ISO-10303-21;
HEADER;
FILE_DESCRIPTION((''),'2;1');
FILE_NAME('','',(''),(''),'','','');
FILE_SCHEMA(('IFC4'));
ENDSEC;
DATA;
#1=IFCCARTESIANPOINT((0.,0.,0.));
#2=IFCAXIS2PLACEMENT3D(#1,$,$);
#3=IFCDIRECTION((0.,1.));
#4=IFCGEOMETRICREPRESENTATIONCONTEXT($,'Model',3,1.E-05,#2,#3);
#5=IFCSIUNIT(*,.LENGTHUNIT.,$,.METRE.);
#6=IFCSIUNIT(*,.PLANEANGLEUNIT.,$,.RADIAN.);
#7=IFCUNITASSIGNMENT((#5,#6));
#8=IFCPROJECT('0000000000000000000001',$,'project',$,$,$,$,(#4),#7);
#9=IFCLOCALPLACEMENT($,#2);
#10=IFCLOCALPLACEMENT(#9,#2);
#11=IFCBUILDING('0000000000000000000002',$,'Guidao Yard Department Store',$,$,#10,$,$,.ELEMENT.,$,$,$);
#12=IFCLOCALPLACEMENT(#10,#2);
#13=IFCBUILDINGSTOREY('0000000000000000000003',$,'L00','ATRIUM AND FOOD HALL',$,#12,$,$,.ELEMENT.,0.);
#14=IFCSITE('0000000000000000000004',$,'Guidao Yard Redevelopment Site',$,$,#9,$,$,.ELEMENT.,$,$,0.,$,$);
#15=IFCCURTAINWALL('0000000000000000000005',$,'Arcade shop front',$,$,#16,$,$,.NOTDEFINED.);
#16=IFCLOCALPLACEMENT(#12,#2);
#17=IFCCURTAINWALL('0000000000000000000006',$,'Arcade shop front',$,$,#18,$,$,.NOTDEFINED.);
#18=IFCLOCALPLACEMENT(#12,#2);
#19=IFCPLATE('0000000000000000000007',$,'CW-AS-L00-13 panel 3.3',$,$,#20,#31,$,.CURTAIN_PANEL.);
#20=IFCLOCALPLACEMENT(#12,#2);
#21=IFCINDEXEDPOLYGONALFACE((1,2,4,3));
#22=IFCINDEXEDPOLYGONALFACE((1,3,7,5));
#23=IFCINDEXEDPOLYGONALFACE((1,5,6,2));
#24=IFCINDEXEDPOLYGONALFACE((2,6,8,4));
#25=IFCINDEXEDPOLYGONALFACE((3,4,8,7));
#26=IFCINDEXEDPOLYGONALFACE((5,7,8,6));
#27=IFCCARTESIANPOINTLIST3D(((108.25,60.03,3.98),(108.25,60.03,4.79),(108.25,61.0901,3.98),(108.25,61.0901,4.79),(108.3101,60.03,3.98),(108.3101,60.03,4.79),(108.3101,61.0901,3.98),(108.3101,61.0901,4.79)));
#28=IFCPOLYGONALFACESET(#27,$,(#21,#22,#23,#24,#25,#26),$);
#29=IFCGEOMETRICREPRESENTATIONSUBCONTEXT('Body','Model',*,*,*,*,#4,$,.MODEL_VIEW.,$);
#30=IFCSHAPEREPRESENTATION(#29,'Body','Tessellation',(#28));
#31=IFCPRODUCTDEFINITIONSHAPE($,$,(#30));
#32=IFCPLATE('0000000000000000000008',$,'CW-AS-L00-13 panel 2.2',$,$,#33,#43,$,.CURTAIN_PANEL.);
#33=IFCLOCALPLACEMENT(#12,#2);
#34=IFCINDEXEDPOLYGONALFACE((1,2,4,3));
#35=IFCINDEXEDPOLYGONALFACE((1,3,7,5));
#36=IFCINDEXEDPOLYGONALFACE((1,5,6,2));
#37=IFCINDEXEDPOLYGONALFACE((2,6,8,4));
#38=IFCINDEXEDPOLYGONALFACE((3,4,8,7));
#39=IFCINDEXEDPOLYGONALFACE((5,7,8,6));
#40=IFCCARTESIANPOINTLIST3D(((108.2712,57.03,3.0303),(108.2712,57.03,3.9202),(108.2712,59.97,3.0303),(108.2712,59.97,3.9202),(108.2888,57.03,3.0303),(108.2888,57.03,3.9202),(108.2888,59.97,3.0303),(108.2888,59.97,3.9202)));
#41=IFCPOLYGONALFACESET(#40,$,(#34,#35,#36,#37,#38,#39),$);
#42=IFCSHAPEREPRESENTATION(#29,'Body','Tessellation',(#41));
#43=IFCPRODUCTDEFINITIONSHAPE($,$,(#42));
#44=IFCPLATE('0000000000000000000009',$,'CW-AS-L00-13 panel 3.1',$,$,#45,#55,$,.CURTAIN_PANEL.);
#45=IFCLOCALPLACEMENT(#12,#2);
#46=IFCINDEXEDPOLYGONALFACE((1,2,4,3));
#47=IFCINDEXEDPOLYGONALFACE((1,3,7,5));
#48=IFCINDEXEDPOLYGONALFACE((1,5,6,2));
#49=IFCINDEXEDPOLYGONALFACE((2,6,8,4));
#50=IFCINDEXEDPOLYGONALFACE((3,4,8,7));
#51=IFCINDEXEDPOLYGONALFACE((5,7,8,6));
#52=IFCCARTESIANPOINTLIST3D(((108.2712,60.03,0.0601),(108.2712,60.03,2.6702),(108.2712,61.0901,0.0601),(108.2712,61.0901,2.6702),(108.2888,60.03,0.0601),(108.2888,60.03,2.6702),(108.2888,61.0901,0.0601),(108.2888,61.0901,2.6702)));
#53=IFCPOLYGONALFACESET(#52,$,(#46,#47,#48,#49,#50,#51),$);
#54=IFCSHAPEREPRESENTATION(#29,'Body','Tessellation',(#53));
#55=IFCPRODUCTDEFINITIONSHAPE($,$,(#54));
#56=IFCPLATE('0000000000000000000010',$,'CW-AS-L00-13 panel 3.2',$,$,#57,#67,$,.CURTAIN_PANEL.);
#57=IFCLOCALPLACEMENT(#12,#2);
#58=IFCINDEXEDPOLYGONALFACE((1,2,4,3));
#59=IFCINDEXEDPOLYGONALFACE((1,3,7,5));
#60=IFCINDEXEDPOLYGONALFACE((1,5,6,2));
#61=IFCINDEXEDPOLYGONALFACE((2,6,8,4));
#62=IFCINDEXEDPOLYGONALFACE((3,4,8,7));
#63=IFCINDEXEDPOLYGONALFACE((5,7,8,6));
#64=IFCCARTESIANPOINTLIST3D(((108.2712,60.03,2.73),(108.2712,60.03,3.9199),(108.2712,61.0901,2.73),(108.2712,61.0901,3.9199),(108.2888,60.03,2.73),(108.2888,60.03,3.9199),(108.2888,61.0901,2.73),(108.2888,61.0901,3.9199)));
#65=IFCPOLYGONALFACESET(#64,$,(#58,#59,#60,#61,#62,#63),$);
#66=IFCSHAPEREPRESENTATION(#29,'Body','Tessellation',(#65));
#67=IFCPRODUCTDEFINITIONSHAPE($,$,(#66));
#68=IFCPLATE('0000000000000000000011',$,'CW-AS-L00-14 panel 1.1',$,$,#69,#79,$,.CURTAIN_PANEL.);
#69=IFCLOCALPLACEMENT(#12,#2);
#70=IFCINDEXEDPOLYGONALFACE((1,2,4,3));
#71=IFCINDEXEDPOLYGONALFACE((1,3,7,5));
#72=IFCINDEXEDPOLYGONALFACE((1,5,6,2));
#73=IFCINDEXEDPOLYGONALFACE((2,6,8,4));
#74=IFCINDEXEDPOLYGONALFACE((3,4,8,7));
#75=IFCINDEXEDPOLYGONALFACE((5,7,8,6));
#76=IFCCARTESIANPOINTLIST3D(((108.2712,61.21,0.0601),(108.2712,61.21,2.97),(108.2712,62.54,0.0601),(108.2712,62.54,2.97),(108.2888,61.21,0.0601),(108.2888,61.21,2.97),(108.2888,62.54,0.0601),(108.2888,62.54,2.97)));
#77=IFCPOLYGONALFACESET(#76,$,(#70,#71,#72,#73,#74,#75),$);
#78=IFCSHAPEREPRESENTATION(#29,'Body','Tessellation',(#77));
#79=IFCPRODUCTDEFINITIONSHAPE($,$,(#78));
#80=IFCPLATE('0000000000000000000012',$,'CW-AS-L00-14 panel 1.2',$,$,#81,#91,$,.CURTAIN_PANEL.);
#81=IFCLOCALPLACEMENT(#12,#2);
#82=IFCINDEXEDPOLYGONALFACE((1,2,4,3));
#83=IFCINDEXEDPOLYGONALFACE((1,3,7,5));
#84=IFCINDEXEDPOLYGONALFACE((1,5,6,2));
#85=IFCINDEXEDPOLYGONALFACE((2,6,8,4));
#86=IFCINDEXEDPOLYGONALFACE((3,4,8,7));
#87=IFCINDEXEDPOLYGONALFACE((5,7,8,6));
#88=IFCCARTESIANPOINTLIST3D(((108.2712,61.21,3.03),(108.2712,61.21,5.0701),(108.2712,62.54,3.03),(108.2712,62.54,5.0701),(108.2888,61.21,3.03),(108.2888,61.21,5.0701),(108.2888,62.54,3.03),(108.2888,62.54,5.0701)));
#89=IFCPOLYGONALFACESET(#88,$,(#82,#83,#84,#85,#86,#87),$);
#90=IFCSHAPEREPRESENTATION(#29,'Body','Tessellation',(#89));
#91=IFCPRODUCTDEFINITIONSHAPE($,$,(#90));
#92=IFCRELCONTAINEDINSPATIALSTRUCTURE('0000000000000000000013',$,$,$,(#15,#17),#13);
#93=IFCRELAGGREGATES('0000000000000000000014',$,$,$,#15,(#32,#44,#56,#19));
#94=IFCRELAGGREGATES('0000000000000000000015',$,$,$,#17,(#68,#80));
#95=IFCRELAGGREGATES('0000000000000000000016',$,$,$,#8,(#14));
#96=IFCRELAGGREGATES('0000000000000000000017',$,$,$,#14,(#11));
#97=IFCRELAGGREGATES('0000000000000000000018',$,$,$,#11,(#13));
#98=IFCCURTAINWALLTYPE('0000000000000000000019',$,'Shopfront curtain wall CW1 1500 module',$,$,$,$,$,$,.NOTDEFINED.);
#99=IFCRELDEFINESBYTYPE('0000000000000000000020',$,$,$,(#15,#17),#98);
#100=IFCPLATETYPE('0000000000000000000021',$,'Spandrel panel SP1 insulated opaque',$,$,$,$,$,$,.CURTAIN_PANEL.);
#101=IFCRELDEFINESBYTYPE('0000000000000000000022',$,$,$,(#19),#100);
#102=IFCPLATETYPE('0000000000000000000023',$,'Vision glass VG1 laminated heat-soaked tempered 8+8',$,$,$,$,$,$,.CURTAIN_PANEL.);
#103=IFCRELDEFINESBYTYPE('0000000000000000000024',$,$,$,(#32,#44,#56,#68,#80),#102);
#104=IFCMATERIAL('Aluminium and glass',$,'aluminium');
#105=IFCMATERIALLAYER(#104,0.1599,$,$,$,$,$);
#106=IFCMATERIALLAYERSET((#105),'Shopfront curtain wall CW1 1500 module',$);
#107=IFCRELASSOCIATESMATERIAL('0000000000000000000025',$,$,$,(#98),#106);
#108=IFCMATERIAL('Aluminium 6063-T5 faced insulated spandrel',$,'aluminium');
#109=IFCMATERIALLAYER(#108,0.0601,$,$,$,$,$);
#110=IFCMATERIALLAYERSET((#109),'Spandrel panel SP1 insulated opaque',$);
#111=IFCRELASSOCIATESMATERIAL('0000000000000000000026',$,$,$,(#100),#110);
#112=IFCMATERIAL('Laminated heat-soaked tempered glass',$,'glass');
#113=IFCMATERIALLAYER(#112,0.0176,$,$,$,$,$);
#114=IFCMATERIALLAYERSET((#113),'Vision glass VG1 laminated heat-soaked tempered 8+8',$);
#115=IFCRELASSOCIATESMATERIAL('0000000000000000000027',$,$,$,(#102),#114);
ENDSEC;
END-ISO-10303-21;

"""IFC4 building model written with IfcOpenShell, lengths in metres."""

from ifc_helpers import new_model, si_unit, direction, frame, origin, origin_2d, place, context, subcontext, project, spatial, rectangle, extrude, material, layer, layer_set, type_object, element, aggregate, save


model = new_model("IFC4")

# Units and contexts
model_context = context("Model", 3, precision=1e-05, world=origin(), true_north=direction((0.0, 1.0)))
body_context = subcontext(model_context, "Body", "Model", "MODEL_VIEW")
ifc_project = project(units=[si_unit("LENGTHUNIT", "METRE"), si_unit("PLANEANGLEUNIT", "RADIAN")], contexts=[model_context])

# Site, building, storey
site_placement = place(None, origin())
site = spatial("IfcSite", under=ifc_project, at=site_placement, Name="Guidao Yard Redevelopment Site", CompositionType="ELEMENT", RefElevation=0.0)
building_placement = place(site_placement, origin())
building = spatial("IfcBuilding", under=site, at=building_placement, Name="Guidao Yard Department Store", CompositionType="ELEMENT")
storey_placement = place(building_placement, origin())
storey = spatial("IfcBuildingStorey", under=building, at=storey_placement, Name="L00", Description="ATRIUM AND FOOD HALL", CompositionType="ELEMENT", Elevation=0.0)

# Curtain wall
ifc_material_1 = material(Name="Aluminium and glass", Category="aluminium")
ifc_layer_1 = layer(ifc_material_1, 0.1599)
ifc_layer_set_1 = layer_set([ifc_layer_1], Name="Shopfront curtain wall CW1 1500 module")
curtain_wall_type = type_object("IfcCurtainWallType", Name="Shopfront curtain wall CW1 1500 module", PredefinedType="NOTDEFINED", material=ifc_layer_set_1)
curtain_wall_1_placement = place(storey_placement, origin())
curtain_wall_1 = element("IfcCurtainWall", 1, at=curtain_wall_1_placement, inside=storey, type_object=curtain_wall_type, Name="Arcade shop front", PredefinedType="NOTDEFINED")

# Curtain wall
curtain_wall_2_placement = place(storey_placement, origin())
curtain_wall_2 = element("IfcCurtainWall", 2, at=curtain_wall_2_placement, inside=storey, type_object=curtain_wall_type, Name="Arcade shop front", PredefinedType="NOTDEFINED")

# Plates
ifc_material_2 = material(Name="Aluminium 6063-T5 faced insulated spandrel", Category="aluminium")
ifc_layer_2 = layer(ifc_material_2, 0.0601)
ifc_layer_set_2 = layer_set([ifc_layer_2], Name="Spandrel panel SP1 insulated opaque")
plate_type_1 = type_object("IfcPlateType", Name="Spandrel panel SP1 insulated opaque", PredefinedType="CURTAIN_PANEL", material=ifc_layer_set_2)
plate_1_placement = place(storey_placement, frame((108.28, 60.5601, 3.98), z_axis=(0.0, 0.0, 1.0), x_axis=(0.0, -1.0, 0.0)))
plate_1 = element("IfcPlate", 3, at=plate_1_placement, type_object=plate_type_1, Name="CW-AS-L00-13 panel 3.3", PredefinedType="CURTAIN_PANEL", context=body_context, shape_type="SweptSolid", body=[
    extrude(rectangle(XDim=1.0601, YDim=0.0601, at=origin_2d()), origin(), (0.0, 0.0, 1.0), 0.8101),
])
ifc_material_3 = material(Name="Laminated heat-soaked tempered glass", Category="glass")
ifc_layer_3 = layer(ifc_material_3, 0.0176)
ifc_layer_set_3 = layer_set([ifc_layer_3], Name="Vision glass VG1 laminated heat-soaked tempered 8+8")
plate_type_2 = type_object("IfcPlateType", Name="Vision glass VG1 laminated heat-soaked tempered 8+8", PredefinedType="CURTAIN_PANEL", material=ifc_layer_set_3)
plate_2_placement = place(storey_placement, frame((108.28, 58.5, 3.0303), z_axis=(0.0, 0.0, 1.0), x_axis=(0.0, -1.0, 0.0)))
plate_2 = element("IfcPlate", 4, at=plate_2_placement, type_object=plate_type_2, Name="CW-AS-L00-13 panel 2.2", PredefinedType="CURTAIN_PANEL", context=body_context, shape_type="SweptSolid", body=[
    extrude(rectangle(XDim=2.9399, YDim=0.0176, at=origin_2d()), origin(), (0.0, 0.0, 1.0), 0.8899),
])
plate_3_placement = place(storey_placement, frame((108.28, 60.5601, 0.0601), z_axis=(0.0, 0.0, 1.0), x_axis=(0.0, -1.0, 0.0)))
plate_3 = element("IfcPlate", 5, at=plate_3_placement, type_object=plate_type_2, Name="CW-AS-L00-13 panel 3.1", PredefinedType="CURTAIN_PANEL", context=body_context, shape_type="SweptSolid", body=[
    extrude(rectangle(XDim=1.0601, YDim=0.0176, at=origin_2d()), origin(), (0.0, 0.0, 1.0), 2.6101),
])
plate_4_placement = place(storey_placement, frame((108.28, 60.5601, 2.73), z_axis=(0.0, 0.0, 1.0), x_axis=(0.0, -1.0, 0.0)))
plate_4 = element("IfcPlate", 6, at=plate_4_placement, type_object=plate_type_2, Name="CW-AS-L00-13 panel 3.2", PredefinedType="CURTAIN_PANEL", context=body_context, shape_type="SweptSolid", body=[
    extrude(rectangle(XDim=1.0601, YDim=0.0176, at=origin_2d()), origin(), (0.0, 0.0, 1.0), 1.1899),
])
aggregate(curtain_wall_1, [plate_2, plate_3, plate_4, plate_1])
plate_5_placement = place(storey_placement, frame((108.28, 61.875, 0.0601), z_axis=(0.0, 0.0, 1.0), x_axis=(0.0, -1.0, 0.0)))
plate_5 = element("IfcPlate", 7, at=plate_5_placement, type_object=plate_type_2, Name="CW-AS-L00-14 panel 1.1", PredefinedType="CURTAIN_PANEL", context=body_context, shape_type="SweptSolid", body=[
    extrude(rectangle(XDim=1.3301, YDim=0.0176, at=origin_2d()), origin(), (0.0, 0.0, 1.0), 2.9099),
])
plate_6_placement = place(storey_placement, frame((108.28, 61.875, 3.03), z_axis=(0.0, 0.0, 1.0), x_axis=(0.0, -1.0, 0.0)))
plate_6 = element("IfcPlate", 8, at=plate_6_placement, type_object=plate_type_2, Name="CW-AS-L00-14 panel 1.2", PredefinedType="CURTAIN_PANEL", context=body_context, shape_type="SweptSolid", body=[
    extrude(rectangle(XDim=1.3301, YDim=0.0176, at=origin_2d()), origin(), (0.0, 0.0, 1.0), 2.04),
])
aggregate(curtain_wall_2, [plate_5, plate_6])

save(model, "model.ifc")
